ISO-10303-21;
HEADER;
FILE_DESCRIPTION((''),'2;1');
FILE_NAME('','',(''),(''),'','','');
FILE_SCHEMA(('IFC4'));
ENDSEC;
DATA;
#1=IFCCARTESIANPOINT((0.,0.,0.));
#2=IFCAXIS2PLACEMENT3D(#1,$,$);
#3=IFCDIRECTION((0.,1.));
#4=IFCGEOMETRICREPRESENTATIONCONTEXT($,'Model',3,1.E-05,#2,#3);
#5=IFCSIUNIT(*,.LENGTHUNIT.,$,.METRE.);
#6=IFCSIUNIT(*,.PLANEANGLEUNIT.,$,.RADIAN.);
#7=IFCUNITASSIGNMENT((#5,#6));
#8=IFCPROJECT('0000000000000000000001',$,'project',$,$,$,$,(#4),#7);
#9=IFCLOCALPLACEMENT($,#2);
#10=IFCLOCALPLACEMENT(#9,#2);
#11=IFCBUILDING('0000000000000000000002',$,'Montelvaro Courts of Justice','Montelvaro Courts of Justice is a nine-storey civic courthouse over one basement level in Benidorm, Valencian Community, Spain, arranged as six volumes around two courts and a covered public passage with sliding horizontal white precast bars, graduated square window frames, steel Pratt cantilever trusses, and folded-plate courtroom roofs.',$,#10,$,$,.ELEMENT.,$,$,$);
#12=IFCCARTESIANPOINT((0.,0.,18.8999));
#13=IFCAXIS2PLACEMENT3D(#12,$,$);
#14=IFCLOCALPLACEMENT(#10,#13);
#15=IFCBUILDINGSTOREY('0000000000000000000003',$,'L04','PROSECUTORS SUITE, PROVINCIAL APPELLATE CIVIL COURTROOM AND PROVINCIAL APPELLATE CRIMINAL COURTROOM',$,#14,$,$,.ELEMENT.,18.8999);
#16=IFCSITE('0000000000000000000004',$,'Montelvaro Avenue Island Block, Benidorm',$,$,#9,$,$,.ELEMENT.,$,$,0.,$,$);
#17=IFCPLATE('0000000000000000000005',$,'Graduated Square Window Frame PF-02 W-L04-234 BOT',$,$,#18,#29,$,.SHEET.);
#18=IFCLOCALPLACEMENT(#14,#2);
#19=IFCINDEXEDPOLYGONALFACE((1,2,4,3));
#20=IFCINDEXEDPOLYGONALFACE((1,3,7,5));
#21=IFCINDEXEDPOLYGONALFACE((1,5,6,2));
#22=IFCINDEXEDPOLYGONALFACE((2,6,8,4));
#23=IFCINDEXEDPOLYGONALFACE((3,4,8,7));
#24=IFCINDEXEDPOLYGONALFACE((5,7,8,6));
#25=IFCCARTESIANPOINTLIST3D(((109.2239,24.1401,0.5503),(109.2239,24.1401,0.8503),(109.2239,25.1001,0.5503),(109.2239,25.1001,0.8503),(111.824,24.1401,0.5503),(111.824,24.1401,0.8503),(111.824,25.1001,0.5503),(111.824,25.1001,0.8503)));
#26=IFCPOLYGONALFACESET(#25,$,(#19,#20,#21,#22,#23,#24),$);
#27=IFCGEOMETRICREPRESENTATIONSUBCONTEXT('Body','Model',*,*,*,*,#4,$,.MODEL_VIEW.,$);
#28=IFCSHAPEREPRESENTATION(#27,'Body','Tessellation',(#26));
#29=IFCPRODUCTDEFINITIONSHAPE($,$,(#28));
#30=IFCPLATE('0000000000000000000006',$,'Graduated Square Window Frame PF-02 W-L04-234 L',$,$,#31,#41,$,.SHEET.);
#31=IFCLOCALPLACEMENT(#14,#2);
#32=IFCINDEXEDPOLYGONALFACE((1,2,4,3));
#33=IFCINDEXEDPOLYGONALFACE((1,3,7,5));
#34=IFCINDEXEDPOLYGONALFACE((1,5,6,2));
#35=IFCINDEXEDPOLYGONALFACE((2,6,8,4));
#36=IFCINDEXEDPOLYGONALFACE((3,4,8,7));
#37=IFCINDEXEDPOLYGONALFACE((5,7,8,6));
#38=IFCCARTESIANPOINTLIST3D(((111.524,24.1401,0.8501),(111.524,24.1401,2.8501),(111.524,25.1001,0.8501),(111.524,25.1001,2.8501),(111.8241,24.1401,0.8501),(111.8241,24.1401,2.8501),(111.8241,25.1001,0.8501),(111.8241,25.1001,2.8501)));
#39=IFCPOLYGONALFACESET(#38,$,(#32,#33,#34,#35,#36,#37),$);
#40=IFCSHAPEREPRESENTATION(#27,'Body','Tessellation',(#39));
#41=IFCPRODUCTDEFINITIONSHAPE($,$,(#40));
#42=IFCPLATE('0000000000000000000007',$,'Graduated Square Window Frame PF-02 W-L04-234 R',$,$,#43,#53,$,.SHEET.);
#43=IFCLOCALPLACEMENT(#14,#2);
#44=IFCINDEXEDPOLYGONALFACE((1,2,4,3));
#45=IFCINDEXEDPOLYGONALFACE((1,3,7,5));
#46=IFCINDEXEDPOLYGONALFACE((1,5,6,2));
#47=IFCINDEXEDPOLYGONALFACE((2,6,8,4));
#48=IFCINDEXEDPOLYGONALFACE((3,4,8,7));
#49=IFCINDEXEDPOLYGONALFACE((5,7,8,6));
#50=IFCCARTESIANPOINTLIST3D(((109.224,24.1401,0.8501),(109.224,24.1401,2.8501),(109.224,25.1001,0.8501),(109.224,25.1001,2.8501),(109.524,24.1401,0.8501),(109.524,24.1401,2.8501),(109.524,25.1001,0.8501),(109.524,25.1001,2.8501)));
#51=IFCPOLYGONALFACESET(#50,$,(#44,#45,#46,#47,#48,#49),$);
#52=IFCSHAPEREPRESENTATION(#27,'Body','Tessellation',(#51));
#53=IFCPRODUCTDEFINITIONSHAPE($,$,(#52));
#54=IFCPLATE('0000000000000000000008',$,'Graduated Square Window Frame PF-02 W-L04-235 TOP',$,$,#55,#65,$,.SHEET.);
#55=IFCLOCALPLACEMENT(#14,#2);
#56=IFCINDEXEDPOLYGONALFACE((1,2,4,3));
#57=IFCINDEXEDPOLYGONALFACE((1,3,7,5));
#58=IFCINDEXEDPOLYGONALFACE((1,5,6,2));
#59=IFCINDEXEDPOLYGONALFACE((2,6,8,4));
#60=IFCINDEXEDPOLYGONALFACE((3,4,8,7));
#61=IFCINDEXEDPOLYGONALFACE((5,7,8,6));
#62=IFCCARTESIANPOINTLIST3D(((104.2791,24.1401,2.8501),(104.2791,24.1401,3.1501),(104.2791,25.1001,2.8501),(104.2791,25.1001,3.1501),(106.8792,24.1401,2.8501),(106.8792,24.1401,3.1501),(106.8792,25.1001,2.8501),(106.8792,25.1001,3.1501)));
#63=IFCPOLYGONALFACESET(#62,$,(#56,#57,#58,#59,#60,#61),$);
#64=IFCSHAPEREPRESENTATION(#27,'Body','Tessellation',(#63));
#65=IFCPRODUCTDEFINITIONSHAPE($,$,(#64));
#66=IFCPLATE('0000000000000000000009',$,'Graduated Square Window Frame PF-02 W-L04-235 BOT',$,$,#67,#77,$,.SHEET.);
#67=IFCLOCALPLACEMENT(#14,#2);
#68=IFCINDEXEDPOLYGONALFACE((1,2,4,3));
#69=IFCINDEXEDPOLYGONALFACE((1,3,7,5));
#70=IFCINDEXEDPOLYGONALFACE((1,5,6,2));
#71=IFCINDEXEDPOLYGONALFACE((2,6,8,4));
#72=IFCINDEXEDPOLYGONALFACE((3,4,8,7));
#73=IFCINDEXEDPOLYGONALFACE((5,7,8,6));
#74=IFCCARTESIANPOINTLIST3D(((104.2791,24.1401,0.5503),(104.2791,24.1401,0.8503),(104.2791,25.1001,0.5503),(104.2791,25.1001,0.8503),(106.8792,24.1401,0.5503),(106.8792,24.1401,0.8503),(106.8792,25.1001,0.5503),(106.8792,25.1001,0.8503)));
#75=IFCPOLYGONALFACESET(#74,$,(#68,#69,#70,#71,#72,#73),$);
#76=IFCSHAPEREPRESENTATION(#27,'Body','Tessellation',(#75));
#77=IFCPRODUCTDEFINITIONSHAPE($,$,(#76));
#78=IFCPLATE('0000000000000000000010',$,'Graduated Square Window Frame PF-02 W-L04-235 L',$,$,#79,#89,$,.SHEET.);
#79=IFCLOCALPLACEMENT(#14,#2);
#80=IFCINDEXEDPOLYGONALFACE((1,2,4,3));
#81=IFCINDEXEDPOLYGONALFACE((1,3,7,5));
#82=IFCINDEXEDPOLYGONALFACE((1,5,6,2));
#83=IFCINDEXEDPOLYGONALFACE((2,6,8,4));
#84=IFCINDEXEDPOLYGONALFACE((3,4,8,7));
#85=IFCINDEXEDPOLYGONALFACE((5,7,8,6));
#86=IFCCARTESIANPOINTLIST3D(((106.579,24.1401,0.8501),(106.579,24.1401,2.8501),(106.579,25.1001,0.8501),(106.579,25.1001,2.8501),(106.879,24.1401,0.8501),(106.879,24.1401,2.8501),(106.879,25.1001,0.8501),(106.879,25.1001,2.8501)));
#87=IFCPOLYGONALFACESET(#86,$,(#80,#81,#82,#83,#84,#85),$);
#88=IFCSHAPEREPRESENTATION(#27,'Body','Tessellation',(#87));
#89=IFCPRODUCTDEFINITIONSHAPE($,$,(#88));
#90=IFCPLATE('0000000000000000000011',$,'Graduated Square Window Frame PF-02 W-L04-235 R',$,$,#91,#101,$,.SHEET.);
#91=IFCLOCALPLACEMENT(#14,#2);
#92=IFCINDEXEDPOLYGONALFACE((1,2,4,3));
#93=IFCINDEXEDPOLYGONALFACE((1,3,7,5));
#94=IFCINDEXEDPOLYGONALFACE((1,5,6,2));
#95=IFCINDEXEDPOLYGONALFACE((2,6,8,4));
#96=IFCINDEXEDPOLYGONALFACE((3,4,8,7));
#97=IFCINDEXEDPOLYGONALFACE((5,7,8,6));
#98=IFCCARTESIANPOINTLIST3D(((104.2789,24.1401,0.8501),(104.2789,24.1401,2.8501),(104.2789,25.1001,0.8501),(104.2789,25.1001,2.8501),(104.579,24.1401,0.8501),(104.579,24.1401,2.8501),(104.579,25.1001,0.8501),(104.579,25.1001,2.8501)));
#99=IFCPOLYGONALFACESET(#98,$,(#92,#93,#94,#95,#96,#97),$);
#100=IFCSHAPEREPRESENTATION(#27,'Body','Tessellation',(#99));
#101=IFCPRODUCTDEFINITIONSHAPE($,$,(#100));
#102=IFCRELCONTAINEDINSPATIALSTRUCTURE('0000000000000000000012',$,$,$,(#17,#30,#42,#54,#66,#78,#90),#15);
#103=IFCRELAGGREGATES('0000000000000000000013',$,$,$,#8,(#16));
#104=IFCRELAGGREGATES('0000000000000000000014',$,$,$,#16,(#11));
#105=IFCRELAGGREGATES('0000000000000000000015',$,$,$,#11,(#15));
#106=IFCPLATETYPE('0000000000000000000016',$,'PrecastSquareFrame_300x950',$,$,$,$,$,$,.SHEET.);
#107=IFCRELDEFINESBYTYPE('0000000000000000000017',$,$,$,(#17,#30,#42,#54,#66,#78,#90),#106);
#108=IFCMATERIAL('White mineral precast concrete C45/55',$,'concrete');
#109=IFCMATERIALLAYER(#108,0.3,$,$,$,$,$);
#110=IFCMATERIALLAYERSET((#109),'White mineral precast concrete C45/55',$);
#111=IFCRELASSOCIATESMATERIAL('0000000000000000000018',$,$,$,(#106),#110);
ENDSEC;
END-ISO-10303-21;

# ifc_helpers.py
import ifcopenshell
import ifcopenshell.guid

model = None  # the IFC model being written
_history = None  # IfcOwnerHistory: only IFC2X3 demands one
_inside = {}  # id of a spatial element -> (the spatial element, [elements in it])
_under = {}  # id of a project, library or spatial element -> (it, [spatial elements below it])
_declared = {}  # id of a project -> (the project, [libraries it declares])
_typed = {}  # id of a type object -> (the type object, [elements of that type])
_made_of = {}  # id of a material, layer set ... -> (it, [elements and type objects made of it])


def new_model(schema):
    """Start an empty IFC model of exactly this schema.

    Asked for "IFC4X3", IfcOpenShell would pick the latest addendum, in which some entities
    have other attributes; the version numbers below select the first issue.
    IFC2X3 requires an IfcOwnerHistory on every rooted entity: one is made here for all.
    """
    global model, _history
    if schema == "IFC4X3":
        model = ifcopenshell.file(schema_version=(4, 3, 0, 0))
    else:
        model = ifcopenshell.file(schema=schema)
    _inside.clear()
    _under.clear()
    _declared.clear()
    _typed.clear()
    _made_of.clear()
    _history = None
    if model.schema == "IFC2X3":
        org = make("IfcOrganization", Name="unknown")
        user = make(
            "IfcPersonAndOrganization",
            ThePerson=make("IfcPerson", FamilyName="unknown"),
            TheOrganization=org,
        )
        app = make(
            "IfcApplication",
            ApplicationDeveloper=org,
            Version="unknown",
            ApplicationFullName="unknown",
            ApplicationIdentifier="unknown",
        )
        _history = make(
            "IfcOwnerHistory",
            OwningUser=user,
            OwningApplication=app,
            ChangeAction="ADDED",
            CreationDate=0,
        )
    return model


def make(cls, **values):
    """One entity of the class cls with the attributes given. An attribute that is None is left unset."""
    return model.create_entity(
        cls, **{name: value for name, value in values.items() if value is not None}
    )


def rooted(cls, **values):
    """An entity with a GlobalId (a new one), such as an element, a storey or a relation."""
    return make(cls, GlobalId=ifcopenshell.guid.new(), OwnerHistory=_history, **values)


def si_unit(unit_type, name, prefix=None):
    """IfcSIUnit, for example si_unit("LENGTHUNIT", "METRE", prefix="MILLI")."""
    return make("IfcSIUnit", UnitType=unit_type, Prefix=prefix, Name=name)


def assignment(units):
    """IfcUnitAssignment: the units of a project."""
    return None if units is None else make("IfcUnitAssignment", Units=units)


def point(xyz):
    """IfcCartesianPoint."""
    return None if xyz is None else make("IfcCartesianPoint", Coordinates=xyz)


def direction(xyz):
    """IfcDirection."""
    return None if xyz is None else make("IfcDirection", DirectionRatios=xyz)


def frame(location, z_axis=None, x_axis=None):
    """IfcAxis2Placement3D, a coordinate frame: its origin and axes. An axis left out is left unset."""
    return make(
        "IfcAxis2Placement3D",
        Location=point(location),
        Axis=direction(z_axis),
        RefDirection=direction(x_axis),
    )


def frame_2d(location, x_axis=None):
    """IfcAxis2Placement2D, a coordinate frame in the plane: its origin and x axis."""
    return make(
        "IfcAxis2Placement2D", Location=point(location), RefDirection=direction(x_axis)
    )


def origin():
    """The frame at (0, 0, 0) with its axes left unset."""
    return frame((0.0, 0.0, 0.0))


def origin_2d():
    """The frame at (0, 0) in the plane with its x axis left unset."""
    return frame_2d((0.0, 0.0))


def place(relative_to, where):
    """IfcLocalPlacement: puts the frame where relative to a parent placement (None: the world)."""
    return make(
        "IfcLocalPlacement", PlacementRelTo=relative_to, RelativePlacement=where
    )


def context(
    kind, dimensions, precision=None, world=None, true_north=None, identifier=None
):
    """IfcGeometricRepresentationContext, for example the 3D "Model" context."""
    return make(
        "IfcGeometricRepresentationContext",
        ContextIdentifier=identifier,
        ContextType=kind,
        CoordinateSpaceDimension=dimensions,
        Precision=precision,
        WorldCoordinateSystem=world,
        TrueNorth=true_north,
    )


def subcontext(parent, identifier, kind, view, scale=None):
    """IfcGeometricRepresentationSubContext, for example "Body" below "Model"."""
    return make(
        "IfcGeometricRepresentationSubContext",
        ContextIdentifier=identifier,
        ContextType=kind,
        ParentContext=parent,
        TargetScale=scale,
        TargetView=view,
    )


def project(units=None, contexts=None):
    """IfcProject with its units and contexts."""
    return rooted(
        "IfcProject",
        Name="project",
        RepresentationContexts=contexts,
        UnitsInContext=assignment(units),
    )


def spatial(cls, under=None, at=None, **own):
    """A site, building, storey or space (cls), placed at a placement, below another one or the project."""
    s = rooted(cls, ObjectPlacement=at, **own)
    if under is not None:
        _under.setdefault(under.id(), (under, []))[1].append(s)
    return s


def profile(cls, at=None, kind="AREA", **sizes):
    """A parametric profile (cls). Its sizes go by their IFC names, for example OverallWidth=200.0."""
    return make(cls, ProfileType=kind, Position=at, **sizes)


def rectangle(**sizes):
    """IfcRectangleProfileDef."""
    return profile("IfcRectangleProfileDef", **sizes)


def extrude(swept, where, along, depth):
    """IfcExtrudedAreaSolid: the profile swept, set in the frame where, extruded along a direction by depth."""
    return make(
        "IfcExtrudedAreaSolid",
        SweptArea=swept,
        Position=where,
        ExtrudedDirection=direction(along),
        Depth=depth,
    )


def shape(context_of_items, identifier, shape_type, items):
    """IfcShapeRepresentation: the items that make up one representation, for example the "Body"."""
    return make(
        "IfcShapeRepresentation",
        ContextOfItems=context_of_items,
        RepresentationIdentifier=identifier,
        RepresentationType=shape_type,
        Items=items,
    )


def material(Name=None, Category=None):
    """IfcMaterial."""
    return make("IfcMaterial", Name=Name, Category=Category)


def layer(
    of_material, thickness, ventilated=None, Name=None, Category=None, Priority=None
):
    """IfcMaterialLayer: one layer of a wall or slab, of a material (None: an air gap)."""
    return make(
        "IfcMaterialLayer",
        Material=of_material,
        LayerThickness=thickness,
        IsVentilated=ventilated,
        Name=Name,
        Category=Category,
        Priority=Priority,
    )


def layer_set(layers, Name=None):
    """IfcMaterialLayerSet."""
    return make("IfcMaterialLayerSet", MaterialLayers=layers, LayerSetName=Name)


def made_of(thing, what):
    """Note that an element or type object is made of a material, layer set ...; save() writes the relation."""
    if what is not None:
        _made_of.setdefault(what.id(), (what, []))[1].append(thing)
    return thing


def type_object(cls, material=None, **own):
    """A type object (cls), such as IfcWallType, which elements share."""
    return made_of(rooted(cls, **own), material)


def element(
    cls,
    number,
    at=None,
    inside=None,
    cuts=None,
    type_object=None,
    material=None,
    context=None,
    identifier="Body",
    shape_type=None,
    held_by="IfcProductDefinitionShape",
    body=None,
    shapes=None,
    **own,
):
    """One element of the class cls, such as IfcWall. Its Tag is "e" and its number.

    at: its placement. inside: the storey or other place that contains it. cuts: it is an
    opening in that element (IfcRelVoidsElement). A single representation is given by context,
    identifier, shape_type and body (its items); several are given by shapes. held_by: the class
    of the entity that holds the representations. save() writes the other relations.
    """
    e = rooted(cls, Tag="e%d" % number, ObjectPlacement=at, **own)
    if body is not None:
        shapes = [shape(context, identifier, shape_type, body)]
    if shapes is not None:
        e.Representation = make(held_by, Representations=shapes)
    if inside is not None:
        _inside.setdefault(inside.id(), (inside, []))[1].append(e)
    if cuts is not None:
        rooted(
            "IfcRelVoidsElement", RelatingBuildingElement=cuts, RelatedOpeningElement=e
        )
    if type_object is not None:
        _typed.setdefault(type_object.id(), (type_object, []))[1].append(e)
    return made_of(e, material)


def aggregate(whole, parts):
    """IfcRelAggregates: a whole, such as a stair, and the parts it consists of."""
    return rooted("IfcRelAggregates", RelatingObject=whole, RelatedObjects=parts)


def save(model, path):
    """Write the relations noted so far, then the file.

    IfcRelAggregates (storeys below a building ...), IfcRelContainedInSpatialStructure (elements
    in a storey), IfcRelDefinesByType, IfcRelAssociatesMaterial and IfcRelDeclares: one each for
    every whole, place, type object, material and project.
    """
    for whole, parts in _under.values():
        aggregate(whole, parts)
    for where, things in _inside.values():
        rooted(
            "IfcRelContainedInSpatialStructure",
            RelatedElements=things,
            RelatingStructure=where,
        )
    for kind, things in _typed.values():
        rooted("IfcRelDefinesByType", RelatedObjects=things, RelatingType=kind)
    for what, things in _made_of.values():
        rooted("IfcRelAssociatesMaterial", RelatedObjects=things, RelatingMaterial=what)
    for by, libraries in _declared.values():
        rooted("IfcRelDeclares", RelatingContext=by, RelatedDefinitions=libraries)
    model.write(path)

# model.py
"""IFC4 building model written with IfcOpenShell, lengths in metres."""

from ifc_helpers import new_model, si_unit, direction, frame, origin, origin_2d, place, context, subcontext, project, spatial, rectangle, extrude, material, layer, layer_set, type_object, element, save


model = new_model("IFC4")

# Units and contexts
model_context = context("Model", 3, precision=1e-05, world=origin(), true_north=direction((0.0, 1.0)))
body_context = subcontext(model_context, "Body", "Model", "MODEL_VIEW")
ifc_project = project(units=[si_unit("LENGTHUNIT", "METRE"), si_unit("PLANEANGLEUNIT", "RADIAN")], contexts=[model_context])

# Site, building, storey
site_placement = place(None, origin())
site = spatial("IfcSite", under=ifc_project, at=site_placement, Name="Montelvaro Avenue Island Block, Benidorm", CompositionType="ELEMENT", RefElevation=0.0)
building_placement = place(site_placement, origin())
building = spatial("IfcBuilding", under=site, at=building_placement, Name="Montelvaro Courts of Justice", Description="Montelvaro Courts of Justice is a nine-storey civic courthouse over one basement level in Benidorm, Valencian Community, Spain, arranged as six volumes around two courts and a covered public passage with sliding horizontal white precast bars, graduated square window frames, steel Pratt cantilever trusses, and folded-plate courtroom roofs.", CompositionType="ELEMENT")
storey_placement = place(building_placement, frame((0.0, 0.0, 18.8999)))
storey = spatial("IfcBuildingStorey", under=building, at=storey_placement, Name="L04", Description="PROSECUTORS SUITE, PROVINCIAL APPELLATE CIVIL COURTROOM AND PROVINCIAL APPELLATE CRIMINAL COURTROOM", CompositionType="ELEMENT", Elevation=18.8999)

# Plates
ifc_material_1 = material(Name="White mineral precast concrete C45/55", Category="concrete")
ifc_layer_1 = layer(ifc_material_1, 0.3)
ifc_layer_set_1 = layer_set([ifc_layer_1], Name="White mineral precast concrete C45/55")
plate_type_1 = type_object("IfcPlateType", Name="PrecastSquareFrame_300x950", PredefinedType="SHEET", material=ifc_layer_set_1)
for number, where, z_axis, x_axis, name in (
    (1, (110.5239, 24.6201, 0.5503), (0.0, 0.0, 1.0), (-1.0, 0.0, 0.0), "Graduated Square Window Frame PF-02 W-L04-234 BOT"),
):
    element("IfcPlate", number, at=place(storey_placement, frame(where, z_axis=z_axis, x_axis=x_axis)), inside=storey, type_object=plate_type_1, Name=name, PredefinedType="SHEET", context=body_context, shape_type="SweptSolid", body=[
        extrude(rectangle(XDim=2.6001, YDim=0.96, at=origin_2d()), origin(), (0.0, 0.0, 1.0), 0.3),
    ])
for number, where, z_axis, x_axis, name in (
    (2, (111.6741, 24.6201, 0.8501), (0.0, 0.0, 1.0), (-1.0, 0.0, 0.0), "Graduated Square Window Frame PF-02 W-L04-234 L"),
    (3, (109.374, 24.6201, 0.8501), (0.0, 0.0, 1.0), (-1.0, 0.0, 0.0), "Graduated Square Window Frame PF-02 W-L04-234 R"),
):
    element("IfcPlate", number, at=place(storey_placement, frame(where, z_axis=z_axis, x_axis=x_axis)), inside=storey, type_object=plate_type_1, Name=name, PredefinedType="SHEET", context=body_context, shape_type="SweptSolid", body=[
        extrude(rectangle(XDim=0.3, YDim=0.96, at=origin_2d()), origin(), (0.0, 0.0, 1.0), 2.0),
    ])
for number, where, z_axis, x_axis, name in (
    (4, (105.5791, 24.6201, 2.8501), (0.0, 0.0, 1.0), (-1.0, 0.0, 0.0), "Graduated Square Window Frame PF-02 W-L04-235 TOP"),
    (5, (105.5791, 24.6201, 0.5503), (0.0, 0.0, 1.0), (-1.0, 0.0, 0.0), "Graduated Square Window Frame PF-02 W-L04-235 BOT"),
):
    element("IfcPlate", number, at=place(storey_placement, frame(where, z_axis=z_axis, x_axis=x_axis)), inside=storey, type_object=plate_type_1, Name=name, PredefinedType="SHEET", context=body_context, shape_type="SweptSolid", body=[
        extrude(rectangle(XDim=2.6001, YDim=0.96, at=origin_2d()), origin(), (0.0, 0.0, 1.0), 0.3),
    ])
for number, where, z_axis, x_axis, name in (
    (6, (106.729, 24.6201, 0.8501), (0.0, 0.0, 1.0), (-1.0, 0.0, 0.0), "Graduated Square Window Frame PF-02 W-L04-235 L"),
    (7, (104.429, 24.6201, 0.8501), (0.0, 0.0, 1.0), (-1.0, 0.0, 0.0), "Graduated Square Window Frame PF-02 W-L04-235 R"),
):
    element("IfcPlate", number, at=place(storey_placement, frame(where, z_axis=z_axis, x_axis=x_axis)), inside=storey, type_object=plate_type_1, Name=name, PredefinedType="SHEET", context=body_context, shape_type="SweptSolid", body=[
        extrude(rectangle(XDim=0.3, YDim=0.96, at=origin_2d()), origin(), (0.0, 0.0, 1.0), 2.0),
    ])

save(model, "model.ifc")
